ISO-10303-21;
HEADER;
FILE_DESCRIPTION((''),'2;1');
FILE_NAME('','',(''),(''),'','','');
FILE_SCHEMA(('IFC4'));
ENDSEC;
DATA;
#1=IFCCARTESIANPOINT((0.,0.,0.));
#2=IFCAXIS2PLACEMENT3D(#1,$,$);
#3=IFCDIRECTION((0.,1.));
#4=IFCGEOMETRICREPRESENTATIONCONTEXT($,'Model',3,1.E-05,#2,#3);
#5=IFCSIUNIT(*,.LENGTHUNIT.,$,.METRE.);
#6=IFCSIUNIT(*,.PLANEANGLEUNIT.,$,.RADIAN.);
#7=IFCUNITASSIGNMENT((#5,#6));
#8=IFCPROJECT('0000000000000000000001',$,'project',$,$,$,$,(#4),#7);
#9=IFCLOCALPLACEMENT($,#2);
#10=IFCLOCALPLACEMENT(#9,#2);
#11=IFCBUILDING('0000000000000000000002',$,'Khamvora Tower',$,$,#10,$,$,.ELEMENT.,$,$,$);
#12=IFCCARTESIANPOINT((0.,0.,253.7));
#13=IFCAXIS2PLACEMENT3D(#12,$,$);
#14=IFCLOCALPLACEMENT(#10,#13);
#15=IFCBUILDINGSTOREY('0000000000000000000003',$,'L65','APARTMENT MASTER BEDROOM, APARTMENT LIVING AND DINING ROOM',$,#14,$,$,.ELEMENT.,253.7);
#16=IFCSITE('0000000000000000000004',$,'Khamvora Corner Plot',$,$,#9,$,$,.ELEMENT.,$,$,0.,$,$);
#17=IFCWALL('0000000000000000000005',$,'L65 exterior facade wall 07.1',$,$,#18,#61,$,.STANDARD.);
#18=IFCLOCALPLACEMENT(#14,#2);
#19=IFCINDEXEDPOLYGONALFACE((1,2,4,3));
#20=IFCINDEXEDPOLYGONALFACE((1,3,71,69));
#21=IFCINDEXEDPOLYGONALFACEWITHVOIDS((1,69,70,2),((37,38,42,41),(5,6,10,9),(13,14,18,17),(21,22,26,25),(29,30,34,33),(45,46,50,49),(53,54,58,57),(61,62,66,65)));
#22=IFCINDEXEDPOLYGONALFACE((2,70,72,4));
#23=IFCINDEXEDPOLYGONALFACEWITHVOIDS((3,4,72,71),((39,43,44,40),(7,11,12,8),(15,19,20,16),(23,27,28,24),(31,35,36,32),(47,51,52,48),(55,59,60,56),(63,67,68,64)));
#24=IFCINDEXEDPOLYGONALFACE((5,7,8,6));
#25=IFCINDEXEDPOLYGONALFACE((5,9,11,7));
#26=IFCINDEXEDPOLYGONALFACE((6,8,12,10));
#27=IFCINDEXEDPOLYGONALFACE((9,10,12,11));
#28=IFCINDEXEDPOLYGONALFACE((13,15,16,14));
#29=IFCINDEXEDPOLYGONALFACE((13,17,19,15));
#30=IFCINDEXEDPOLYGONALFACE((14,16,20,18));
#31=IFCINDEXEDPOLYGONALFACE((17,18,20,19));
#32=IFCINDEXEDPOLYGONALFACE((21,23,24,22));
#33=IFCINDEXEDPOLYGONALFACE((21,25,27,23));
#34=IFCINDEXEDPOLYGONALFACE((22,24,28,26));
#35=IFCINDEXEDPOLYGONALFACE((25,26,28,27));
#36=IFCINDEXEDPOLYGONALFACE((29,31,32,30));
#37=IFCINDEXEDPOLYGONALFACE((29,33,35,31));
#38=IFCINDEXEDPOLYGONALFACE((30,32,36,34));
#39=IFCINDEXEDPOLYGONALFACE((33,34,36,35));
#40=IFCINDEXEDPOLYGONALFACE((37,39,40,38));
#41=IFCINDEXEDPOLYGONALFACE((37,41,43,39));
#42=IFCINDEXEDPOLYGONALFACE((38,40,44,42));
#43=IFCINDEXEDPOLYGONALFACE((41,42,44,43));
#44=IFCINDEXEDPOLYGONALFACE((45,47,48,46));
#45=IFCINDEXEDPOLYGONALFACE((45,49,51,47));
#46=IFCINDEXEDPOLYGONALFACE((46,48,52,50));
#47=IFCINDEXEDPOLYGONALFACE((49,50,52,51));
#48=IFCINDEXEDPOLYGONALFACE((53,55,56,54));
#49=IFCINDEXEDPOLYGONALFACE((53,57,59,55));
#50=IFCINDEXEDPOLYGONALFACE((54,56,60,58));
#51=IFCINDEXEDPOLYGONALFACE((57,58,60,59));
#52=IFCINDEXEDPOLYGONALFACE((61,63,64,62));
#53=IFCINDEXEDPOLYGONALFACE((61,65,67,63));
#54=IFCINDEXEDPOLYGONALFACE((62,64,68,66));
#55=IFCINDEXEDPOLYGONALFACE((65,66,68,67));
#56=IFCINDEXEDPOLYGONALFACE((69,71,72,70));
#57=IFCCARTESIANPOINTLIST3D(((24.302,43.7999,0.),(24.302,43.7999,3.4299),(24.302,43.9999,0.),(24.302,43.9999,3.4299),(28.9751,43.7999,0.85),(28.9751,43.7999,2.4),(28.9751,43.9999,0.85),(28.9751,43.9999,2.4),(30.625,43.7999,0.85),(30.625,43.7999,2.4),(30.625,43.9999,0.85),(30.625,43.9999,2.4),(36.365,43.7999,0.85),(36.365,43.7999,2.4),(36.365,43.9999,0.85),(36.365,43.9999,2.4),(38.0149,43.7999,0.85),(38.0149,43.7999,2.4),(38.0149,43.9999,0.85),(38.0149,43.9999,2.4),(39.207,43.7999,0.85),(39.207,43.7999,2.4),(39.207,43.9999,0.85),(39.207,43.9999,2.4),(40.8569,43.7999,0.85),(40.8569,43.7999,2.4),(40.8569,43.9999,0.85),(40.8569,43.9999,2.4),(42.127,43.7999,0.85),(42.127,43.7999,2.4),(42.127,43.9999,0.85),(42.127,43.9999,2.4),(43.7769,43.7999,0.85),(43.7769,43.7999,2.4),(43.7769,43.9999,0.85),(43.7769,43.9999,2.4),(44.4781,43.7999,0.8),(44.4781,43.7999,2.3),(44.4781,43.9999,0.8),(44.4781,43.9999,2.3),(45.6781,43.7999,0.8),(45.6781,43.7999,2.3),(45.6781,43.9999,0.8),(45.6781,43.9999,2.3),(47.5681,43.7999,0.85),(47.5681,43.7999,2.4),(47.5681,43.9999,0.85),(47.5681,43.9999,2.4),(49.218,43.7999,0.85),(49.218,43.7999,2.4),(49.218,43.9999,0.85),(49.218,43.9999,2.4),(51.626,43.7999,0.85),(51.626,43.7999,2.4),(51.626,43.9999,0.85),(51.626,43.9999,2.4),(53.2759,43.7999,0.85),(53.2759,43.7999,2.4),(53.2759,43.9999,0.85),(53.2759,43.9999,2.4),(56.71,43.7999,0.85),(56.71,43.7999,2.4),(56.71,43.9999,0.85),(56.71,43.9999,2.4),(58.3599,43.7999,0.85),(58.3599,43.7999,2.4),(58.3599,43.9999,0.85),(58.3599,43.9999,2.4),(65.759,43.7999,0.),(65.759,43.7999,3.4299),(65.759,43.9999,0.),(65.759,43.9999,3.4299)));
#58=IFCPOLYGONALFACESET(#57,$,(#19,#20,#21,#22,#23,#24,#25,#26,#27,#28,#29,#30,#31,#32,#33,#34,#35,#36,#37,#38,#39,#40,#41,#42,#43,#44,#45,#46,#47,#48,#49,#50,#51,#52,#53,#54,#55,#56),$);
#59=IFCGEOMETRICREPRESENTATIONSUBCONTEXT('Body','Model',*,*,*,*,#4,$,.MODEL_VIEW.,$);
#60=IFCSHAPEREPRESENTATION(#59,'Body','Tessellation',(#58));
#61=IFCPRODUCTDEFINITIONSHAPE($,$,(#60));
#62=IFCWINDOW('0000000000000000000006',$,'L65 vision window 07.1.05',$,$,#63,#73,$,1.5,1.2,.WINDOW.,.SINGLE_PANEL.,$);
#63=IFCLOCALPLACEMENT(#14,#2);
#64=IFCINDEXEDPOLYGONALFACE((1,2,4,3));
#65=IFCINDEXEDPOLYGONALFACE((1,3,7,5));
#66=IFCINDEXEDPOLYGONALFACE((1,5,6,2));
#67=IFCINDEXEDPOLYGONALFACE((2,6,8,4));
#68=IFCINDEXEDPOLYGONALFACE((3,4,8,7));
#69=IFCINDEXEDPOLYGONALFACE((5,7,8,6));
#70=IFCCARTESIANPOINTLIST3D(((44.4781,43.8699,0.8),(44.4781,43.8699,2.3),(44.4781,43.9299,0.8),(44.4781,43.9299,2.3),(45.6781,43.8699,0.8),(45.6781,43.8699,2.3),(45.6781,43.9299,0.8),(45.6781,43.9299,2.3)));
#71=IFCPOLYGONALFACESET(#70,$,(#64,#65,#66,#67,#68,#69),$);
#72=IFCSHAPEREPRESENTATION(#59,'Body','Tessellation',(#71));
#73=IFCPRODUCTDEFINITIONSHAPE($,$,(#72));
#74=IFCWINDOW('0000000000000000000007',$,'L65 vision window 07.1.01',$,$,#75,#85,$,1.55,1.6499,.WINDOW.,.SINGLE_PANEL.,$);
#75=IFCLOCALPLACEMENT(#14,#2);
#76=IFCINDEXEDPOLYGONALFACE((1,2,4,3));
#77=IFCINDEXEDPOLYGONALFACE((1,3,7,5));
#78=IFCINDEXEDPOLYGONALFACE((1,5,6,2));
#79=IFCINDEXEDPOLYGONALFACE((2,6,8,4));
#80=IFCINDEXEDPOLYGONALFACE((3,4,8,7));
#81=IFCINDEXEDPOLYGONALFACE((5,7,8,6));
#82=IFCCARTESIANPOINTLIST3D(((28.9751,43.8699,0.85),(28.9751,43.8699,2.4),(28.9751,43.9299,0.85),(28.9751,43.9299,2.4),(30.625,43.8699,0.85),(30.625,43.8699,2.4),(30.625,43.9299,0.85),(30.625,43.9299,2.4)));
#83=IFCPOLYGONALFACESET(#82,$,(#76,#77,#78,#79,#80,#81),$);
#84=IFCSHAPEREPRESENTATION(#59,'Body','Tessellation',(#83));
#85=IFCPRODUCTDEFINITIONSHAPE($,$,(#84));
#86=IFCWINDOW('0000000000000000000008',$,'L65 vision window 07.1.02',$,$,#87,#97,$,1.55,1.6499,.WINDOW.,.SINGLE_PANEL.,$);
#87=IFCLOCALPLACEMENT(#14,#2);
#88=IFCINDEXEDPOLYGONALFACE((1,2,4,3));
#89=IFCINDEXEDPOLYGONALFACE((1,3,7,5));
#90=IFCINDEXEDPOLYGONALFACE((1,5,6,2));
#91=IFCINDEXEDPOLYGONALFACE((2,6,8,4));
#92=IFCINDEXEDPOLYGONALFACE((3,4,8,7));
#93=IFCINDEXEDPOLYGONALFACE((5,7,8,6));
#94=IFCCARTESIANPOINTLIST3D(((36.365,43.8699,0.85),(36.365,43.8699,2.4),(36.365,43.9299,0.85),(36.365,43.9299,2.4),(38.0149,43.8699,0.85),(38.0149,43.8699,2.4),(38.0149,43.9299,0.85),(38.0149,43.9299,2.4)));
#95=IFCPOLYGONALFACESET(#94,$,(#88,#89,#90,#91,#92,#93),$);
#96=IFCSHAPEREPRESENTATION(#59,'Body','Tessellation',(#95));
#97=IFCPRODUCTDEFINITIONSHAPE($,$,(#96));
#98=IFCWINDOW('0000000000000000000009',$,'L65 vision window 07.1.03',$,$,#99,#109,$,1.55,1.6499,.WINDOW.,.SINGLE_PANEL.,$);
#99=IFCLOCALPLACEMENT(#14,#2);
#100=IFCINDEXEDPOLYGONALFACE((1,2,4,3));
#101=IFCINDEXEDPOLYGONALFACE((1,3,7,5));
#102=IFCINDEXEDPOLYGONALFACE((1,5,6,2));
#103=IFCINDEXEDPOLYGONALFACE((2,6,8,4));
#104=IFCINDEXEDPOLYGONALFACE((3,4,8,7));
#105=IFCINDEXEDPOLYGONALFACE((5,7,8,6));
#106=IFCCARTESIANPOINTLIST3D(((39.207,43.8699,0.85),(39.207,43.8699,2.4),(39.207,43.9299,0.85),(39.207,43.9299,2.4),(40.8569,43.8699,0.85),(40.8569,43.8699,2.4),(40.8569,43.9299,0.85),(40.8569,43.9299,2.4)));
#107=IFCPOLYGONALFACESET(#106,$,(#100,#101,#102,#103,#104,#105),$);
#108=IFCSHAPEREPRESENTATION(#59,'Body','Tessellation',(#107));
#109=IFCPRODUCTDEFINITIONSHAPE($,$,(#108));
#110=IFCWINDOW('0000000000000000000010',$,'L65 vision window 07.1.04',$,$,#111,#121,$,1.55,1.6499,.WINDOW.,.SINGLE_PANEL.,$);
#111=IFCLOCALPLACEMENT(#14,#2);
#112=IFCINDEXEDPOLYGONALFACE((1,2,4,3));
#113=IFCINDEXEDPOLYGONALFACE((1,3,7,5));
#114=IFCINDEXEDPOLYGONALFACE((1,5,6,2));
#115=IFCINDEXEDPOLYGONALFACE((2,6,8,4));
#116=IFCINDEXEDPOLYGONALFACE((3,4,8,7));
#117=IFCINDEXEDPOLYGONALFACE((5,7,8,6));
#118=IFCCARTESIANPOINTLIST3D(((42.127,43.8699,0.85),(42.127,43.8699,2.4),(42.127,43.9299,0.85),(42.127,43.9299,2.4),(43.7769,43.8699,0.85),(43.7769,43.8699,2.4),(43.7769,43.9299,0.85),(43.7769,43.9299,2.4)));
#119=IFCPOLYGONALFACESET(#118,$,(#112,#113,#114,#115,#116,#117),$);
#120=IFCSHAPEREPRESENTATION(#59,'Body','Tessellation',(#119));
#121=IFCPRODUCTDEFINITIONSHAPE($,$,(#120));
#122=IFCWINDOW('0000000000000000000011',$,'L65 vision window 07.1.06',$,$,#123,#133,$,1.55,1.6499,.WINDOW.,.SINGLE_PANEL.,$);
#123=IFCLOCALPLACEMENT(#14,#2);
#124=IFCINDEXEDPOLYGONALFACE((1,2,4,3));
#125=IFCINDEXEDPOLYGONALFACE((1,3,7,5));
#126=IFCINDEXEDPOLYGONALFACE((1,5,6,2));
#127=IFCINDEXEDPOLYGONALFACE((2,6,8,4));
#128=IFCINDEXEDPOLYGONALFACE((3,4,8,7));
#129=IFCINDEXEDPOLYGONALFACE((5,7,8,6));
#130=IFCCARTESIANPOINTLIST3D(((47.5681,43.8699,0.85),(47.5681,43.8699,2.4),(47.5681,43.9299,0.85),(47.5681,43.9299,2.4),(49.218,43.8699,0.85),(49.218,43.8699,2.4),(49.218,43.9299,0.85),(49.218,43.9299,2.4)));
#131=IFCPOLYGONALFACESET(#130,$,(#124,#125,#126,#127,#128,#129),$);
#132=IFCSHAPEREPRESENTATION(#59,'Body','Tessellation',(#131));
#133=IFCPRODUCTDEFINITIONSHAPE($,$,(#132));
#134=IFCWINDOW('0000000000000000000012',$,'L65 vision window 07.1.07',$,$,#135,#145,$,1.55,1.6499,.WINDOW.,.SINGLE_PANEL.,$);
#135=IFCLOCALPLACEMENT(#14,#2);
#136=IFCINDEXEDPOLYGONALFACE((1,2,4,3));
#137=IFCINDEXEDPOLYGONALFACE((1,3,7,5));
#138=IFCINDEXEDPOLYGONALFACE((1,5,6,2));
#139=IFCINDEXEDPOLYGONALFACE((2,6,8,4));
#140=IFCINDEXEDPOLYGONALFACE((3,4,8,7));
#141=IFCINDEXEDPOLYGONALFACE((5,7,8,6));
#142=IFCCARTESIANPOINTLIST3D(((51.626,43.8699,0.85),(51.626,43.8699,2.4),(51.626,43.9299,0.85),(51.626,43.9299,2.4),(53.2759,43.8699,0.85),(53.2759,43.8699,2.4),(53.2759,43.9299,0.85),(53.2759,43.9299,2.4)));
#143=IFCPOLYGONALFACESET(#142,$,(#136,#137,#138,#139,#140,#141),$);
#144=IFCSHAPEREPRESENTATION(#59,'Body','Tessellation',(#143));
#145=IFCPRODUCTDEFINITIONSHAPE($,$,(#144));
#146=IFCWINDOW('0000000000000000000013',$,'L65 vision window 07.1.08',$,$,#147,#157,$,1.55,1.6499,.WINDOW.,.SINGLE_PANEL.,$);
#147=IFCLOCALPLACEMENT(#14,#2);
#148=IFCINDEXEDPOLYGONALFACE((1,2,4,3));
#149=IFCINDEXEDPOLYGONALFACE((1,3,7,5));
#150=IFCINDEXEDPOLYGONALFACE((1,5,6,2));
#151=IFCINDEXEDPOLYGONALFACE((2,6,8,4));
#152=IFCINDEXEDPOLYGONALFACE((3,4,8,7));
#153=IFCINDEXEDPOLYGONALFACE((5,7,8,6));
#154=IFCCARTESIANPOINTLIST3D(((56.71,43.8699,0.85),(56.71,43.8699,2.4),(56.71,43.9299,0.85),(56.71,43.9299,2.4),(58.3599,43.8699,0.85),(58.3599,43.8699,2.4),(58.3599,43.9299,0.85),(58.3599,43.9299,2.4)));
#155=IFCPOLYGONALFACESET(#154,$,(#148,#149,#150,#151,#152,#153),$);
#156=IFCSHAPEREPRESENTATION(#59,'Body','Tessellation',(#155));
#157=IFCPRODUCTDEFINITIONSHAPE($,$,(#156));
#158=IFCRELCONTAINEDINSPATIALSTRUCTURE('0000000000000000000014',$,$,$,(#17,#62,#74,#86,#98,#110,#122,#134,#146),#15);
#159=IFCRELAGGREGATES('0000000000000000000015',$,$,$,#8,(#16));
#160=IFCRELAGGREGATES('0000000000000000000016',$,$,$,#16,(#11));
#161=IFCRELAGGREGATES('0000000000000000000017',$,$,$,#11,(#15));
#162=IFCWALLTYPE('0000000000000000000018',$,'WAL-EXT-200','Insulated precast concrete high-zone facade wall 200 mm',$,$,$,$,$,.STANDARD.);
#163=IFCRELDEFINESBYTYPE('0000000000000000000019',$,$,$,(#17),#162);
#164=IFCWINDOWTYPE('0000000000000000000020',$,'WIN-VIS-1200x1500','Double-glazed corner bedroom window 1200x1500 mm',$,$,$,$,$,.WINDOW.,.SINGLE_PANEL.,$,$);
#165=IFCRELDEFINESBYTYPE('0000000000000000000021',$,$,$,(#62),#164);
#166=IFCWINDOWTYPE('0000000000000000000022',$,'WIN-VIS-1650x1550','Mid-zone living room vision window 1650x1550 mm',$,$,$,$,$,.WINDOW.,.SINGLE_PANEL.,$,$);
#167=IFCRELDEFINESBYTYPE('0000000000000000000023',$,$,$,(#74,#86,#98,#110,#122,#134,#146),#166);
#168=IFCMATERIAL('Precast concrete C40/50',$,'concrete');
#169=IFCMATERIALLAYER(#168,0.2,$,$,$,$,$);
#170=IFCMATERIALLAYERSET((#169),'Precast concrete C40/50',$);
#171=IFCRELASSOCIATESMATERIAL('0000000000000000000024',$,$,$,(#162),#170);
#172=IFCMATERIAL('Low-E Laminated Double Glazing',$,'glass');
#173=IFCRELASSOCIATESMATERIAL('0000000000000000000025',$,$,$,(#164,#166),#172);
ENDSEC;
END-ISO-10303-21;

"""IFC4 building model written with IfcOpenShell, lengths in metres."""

from ifc_helpers import new_model, si_unit, direction, frame, frame_2d, origin, place, context, subcontext, project, spatial, rectangle, extrude, material, layer, layer_set, type_object, element, fill, save


model = new_model("IFC4")

# Units and contexts
model_context = context("Model", 3, precision=1e-05, world=origin(), true_north=direction((0.0, 1.0)))
body_context = subcontext(model_context, "Body", "Model", "MODEL_VIEW")
ifc_project = project(units=[si_unit("LENGTHUNIT", "METRE"), si_unit("PLANEANGLEUNIT", "RADIAN")], contexts=[model_context])

# Site, building, storey
site_placement = place(None, origin())
site = spatial("IfcSite", under=ifc_project, at=site_placement, Name="Khamvora Corner Plot", CompositionType="ELEMENT", RefElevation=0.0)
building_placement = place(site_placement, origin())
building = spatial("IfcBuilding", under=site, at=building_placement, Name="Khamvora Tower", CompositionType="ELEMENT")
storey_placement = place(building_placement, frame((0.0, 0.0, 253.7)))
storey = spatial("IfcBuildingStorey", under=building, at=storey_placement, Name="L65", Description="APARTMENT MASTER BEDROOM, APARTMENT LIVING AND DINING ROOM", CompositionType="ELEMENT", Elevation=253.7)

# Shared definitions
ifc_material_1 = material(Name="Precast concrete C40/50", Category="concrete")
ifc_layer_1 = layer(ifc_material_1, 0.2)
ifc_layer_set_1 = layer_set([ifc_layer_1], Name="Precast concrete C40/50")
wall_type_1 = type_object("IfcWallType", Name="WAL-EXT-200", Description="Insulated precast concrete high-zone facade wall 200 mm", PredefinedType="STANDARD", material=ifc_layer_set_1)

# Wall, openings, windows
wall_1_placement = place(storey_placement, frame((24.302, 43.8999, 0.0), z_axis=(0.0, 0.0, 1.0), x_axis=(1.0, 0.0, 0.0)))
wall_1 = element("IfcWall", 1, at=wall_1_placement, inside=storey, type_object=wall_type_1, Name="L65 exterior facade wall 07.1", PredefinedType="STANDARD", context=body_context, shape_type="SweptSolid", body=[
    extrude(rectangle(XDim=41.457, YDim=0.2, at=frame_2d((20.7285, 0.0))), origin(), (0.0, 0.0, 1.0), 3.4299),
])
opening_1_placement = place(wall_1_placement, frame((4.6731, 0.0, 0.8501)))
opening_1 = element("IfcOpeningElement", 2, at=opening_1_placement, cuts=wall_1, PredefinedType="OPENING", context=body_context, shape_type="SweptSolid", body=[
    extrude(rectangle(XDim=1.6499, YDim=1.55, at=frame_2d((0.825, 0.7749))), frame((0.0, 0.1099, 0.0), z_axis=(0.0, -1.0, 0.0), x_axis=(1.0, 0.0, 0.0)), (0.0, 0.0, 1.0), 0.22),
])
opening_2_placement = place(wall_1_placement, frame((12.063, 0.0, 0.8501)))
opening_2 = element("IfcOpeningElement", 3, at=opening_2_placement, cuts=wall_1, PredefinedType="OPENING", context=body_context, shape_type="SweptSolid", body=[
    extrude(rectangle(XDim=1.6499, YDim=1.55, at=frame_2d((0.825, 0.7749))), frame((0.0, 0.1099, 0.0), z_axis=(0.0, -1.0, 0.0), x_axis=(1.0, 0.0, 0.0)), (0.0, 0.0, 1.0), 0.22),
])
opening_3_placement = place(wall_1_placement, frame((14.905, 0.0, 0.8501)))
opening_3 = element("IfcOpeningElement", 4, at=opening_3_placement, cuts=wall_1, PredefinedType="OPENING", context=body_context, shape_type="SweptSolid", body=[
    extrude(rectangle(XDim=1.6499, YDim=1.55, at=frame_2d((0.825, 0.7749))), frame((0.0, 0.1099, 0.0), z_axis=(0.0, -1.0, 0.0), x_axis=(1.0, 0.0, 0.0)), (0.0, 0.0, 1.0), 0.22),
])
opening_4_placement = place(wall_1_placement, frame((17.825, 0.0, 0.8501)))
opening_4 = element("IfcOpeningElement", 5, at=opening_4_placement, cuts=wall_1, PredefinedType="OPENING", context=body_context, shape_type="SweptSolid", body=[
    extrude(rectangle(XDim=1.6499, YDim=1.55, at=frame_2d((0.825, 0.7749))), frame((0.0, 0.1099, 0.0), z_axis=(0.0, -1.0, 0.0), x_axis=(1.0, 0.0, 0.0)), (0.0, 0.0, 1.0), 0.22),
])
opening_5_placement = place(wall_1_placement, frame((20.176, 0.0, 0.8)))
opening_5 = element("IfcOpeningElement", 6, at=opening_5_placement, cuts=wall_1, PredefinedType="OPENING", context=body_context, shape_type="SweptSolid", body=[
    extrude(rectangle(XDim=1.2, YDim=1.5, at=frame_2d((0.6001, 0.75))), frame((0.0, 0.1099, 0.0), z_axis=(0.0, -1.0, 0.0), x_axis=(1.0, 0.0, 0.0)), (0.0, 0.0, 1.0), 0.22),
])
opening_6_placement = place(wall_1_placement, frame((23.2661, 0.0, 0.8501)))
opening_6 = element("IfcOpeningElement", 7, at=opening_6_placement, cuts=wall_1, PredefinedType="OPENING", context=body_context, shape_type="SweptSolid", body=[
    extrude(rectangle(XDim=1.6499, YDim=1.55, at=frame_2d((0.825, 0.7749))), frame((0.0, 0.1099, 0.0), z_axis=(0.0, -1.0, 0.0), x_axis=(1.0, 0.0, 0.0)), (0.0, 0.0, 1.0), 0.22),
])
opening_7_placement = place(wall_1_placement, frame((27.324, 0.0, 0.8501)))
opening_7 = element("IfcOpeningElement", 8, at=opening_7_placement, cuts=wall_1, PredefinedType="OPENING", context=body_context, shape_type="SweptSolid", body=[
    extrude(rectangle(XDim=1.6499, YDim=1.55, at=frame_2d((0.825, 0.7749))), frame((0.0, 0.1099, 0.0), z_axis=(0.0, -1.0, 0.0), x_axis=(1.0, 0.0, 0.0)), (0.0, 0.0, 1.0), 0.22),
])
opening_8_placement = place(wall_1_placement, frame((32.408, 0.0, 0.8501)))
opening_8 = element("IfcOpeningElement", 9, at=opening_8_placement, cuts=wall_1, PredefinedType="OPENING", context=body_context, shape_type="SweptSolid", body=[
    extrude(rectangle(XDim=1.6499, YDim=1.55, at=frame_2d((0.825, 0.7749))), frame((0.0, 0.1099, 0.0), z_axis=(0.0, -1.0, 0.0), x_axis=(1.0, 0.0, 0.0)), (0.0, 0.0, 1.0), 0.22),
])
ifc_material_2 = material(Name="Low-E Laminated Double Glazing", Category="glass")
window_type_1 = type_object("IfcWindowType", Name="WIN-VIS-1200x1500", Description="Double-glazed corner bedroom window 1200x1500 mm", PartitioningType="SINGLE_PANEL", PredefinedType="WINDOW", material=ifc_material_2)
window_1_placement = place(opening_5_placement, origin())
window_1 = element("IfcWindow", 10, at=window_1_placement, inside=storey, type_object=window_type_1, Name="L65 vision window 07.1.05", OverallHeight=1.5, OverallWidth=1.2, PartitioningType="SINGLE_PANEL", PredefinedType="WINDOW", context=body_context, shape_type="SweptSolid", body=[
    extrude(rectangle(XDim=1.2, YDim=1.5, at=frame_2d((0.6001, 0.75))), frame((0.0, 0.03, 0.0), z_axis=(0.0, -1.0, 0.0), x_axis=(1.0, 0.0, 0.0)), (0.0, 0.0, 1.0), 0.0601),
])
fill(opening_5, window_1)
window_type_2 = type_object("IfcWindowType", Name="WIN-VIS-1650x1550", Description="Mid-zone living room vision window 1650x1550 mm", PartitioningType="SINGLE_PANEL", PredefinedType="WINDOW", material=ifc_material_2)
window_2_placement = place(opening_1_placement, origin())
window_2 = element("IfcWindow", 11, at=window_2_placement, inside=storey, type_object=window_type_2, Name="L65 vision window 07.1.01", OverallHeight=1.55, OverallWidth=1.6499, PartitioningType="SINGLE_PANEL", PredefinedType="WINDOW", context=body_context, shape_type="SweptSolid", body=[
    extrude(rectangle(XDim=1.6499, YDim=1.55, at=frame_2d((0.825, 0.7749))), frame((0.0, 0.03, 0.0), z_axis=(0.0, -1.0, 0.0), x_axis=(1.0, 0.0, 0.0)), (0.0, 0.0, 1.0), 0.0601),
])
fill(opening_1, window_2)
window_3_placement = place(opening_2_placement, origin())
window_3 = element("IfcWindow", 12, at=window_3_placement, inside=storey, type_object=window_type_2, Name="L65 vision window 07.1.02", OverallHeight=1.55, OverallWidth=1.6499, PartitioningType="SINGLE_PANEL", PredefinedType="WINDOW", context=body_context, shape_type="SweptSolid", body=[
    extrude(rectangle(XDim=1.6499, YDim=1.55, at=frame_2d((0.825, 0.7749))), frame((0.0, 0.03, 0.0), z_axis=(0.0, -1.0, 0.0), x_axis=(1.0, 0.0, 0.0)), (0.0, 0.0, 1.0), 0.0601),
])
fill(opening_2, window_3)
window_4_placement = place(opening_3_placement, origin())
window_4 = element("IfcWindow", 13, at=window_4_placement, inside=storey, type_object=window_type_2, Name="L65 vision window 07.1.03", OverallHeight=1.55, OverallWidth=1.6499, PartitioningType="SINGLE_PANEL", PredefinedType="WINDOW", context=body_context, shape_type="SweptSolid", body=[
    extrude(rectangle(XDim=1.6499, YDim=1.55, at=frame_2d((0.825, 0.7749))), frame((0.0, 0.03, 0.0), z_axis=(0.0, -1.0, 0.0), x_axis=(1.0, 0.0, 0.0)), (0.0, 0.0, 1.0), 0.0601),
])
fill(opening_3, window_4)
window_5_placement = place(opening_4_placement, origin())
window_5 = element("IfcWindow", 14, at=window_5_placement, inside=storey, type_object=window_type_2, Name="L65 vision window 07.1.04", OverallHeight=1.55, OverallWidth=1.6499, PartitioningType="SINGLE_PANEL", PredefinedType="WINDOW", context=body_context, shape_type="SweptSolid", body=[
    extrude(rectangle(XDim=1.6499, YDim=1.55, at=frame_2d((0.825, 0.7749))), frame((0.0, 0.03, 0.0), z_axis=(0.0, -1.0, 0.0), x_axis=(1.0, 0.0, 0.0)), (0.0, 0.0, 1.0), 0.0601),
])
fill(opening_4, window_5)
window_6_placement = place(opening_6_placement, origin())
window_6 = element("IfcWindow", 15, at=window_6_placement, inside=storey, type_object=window_type_2, Name="L65 vision window 07.1.06", OverallHeight=1.55, OverallWidth=1.6499, PartitioningType="SINGLE_PANEL", PredefinedType="WINDOW", context=body_context, shape_type="SweptSolid", body=[
    extrude(rectangle(XDim=1.6499, YDim=1.55, at=frame_2d((0.825, 0.7749))), frame((0.0, 0.03, 0.0), z_axis=(0.0, -1.0, 0.0), x_axis=(1.0, 0.0, 0.0)), (0.0, 0.0, 1.0), 0.0601),
])
fill(opening_6, window_6)
window_7_placement = place(opening_7_placement, origin())
window_7 = element("IfcWindow", 16, at=window_7_placement, inside=storey, type_object=window_type_2, Name="L65 vision window 07.1.07", OverallHeight=1.55, OverallWidth=1.6499, PartitioningType="SINGLE_PANEL", PredefinedType="WINDOW", context=body_context, shape_type="SweptSolid", body=[
    extrude(rectangle(XDim=1.6499, YDim=1.55, at=frame_2d((0.825, 0.7749))), frame((0.0, 0.03, 0.0), z_axis=(0.0, -1.0, 0.0), x_axis=(1.0, 0.0, 0.0)), (0.0, 0.0, 1.0), 0.0601),
])
fill(opening_7, window_7)
window_8_placement = place(opening_8_placement, origin())
window_8 = element("IfcWindow", 17, at=window_8_placement, inside=storey, type_object=window_type_2, Name="L65 vision window 07.1.08", OverallHeight=1.55, OverallWidth=1.6499, PartitioningType="SINGLE_PANEL", PredefinedType="WINDOW", context=body_context, shape_type="SweptSolid", body=[
    extrude(rectangle(XDim=1.6499, YDim=1.55, at=frame_2d((0.825, 0.7749))), frame((0.0, 0.03, 0.0), z_axis=(0.0, -1.0, 0.0), x_axis=(1.0, 0.0, 0.0)), (0.0, 0.0, 1.0), 0.0601),
])
fill(opening_8, window_8)

save(model, "model.ifc")
